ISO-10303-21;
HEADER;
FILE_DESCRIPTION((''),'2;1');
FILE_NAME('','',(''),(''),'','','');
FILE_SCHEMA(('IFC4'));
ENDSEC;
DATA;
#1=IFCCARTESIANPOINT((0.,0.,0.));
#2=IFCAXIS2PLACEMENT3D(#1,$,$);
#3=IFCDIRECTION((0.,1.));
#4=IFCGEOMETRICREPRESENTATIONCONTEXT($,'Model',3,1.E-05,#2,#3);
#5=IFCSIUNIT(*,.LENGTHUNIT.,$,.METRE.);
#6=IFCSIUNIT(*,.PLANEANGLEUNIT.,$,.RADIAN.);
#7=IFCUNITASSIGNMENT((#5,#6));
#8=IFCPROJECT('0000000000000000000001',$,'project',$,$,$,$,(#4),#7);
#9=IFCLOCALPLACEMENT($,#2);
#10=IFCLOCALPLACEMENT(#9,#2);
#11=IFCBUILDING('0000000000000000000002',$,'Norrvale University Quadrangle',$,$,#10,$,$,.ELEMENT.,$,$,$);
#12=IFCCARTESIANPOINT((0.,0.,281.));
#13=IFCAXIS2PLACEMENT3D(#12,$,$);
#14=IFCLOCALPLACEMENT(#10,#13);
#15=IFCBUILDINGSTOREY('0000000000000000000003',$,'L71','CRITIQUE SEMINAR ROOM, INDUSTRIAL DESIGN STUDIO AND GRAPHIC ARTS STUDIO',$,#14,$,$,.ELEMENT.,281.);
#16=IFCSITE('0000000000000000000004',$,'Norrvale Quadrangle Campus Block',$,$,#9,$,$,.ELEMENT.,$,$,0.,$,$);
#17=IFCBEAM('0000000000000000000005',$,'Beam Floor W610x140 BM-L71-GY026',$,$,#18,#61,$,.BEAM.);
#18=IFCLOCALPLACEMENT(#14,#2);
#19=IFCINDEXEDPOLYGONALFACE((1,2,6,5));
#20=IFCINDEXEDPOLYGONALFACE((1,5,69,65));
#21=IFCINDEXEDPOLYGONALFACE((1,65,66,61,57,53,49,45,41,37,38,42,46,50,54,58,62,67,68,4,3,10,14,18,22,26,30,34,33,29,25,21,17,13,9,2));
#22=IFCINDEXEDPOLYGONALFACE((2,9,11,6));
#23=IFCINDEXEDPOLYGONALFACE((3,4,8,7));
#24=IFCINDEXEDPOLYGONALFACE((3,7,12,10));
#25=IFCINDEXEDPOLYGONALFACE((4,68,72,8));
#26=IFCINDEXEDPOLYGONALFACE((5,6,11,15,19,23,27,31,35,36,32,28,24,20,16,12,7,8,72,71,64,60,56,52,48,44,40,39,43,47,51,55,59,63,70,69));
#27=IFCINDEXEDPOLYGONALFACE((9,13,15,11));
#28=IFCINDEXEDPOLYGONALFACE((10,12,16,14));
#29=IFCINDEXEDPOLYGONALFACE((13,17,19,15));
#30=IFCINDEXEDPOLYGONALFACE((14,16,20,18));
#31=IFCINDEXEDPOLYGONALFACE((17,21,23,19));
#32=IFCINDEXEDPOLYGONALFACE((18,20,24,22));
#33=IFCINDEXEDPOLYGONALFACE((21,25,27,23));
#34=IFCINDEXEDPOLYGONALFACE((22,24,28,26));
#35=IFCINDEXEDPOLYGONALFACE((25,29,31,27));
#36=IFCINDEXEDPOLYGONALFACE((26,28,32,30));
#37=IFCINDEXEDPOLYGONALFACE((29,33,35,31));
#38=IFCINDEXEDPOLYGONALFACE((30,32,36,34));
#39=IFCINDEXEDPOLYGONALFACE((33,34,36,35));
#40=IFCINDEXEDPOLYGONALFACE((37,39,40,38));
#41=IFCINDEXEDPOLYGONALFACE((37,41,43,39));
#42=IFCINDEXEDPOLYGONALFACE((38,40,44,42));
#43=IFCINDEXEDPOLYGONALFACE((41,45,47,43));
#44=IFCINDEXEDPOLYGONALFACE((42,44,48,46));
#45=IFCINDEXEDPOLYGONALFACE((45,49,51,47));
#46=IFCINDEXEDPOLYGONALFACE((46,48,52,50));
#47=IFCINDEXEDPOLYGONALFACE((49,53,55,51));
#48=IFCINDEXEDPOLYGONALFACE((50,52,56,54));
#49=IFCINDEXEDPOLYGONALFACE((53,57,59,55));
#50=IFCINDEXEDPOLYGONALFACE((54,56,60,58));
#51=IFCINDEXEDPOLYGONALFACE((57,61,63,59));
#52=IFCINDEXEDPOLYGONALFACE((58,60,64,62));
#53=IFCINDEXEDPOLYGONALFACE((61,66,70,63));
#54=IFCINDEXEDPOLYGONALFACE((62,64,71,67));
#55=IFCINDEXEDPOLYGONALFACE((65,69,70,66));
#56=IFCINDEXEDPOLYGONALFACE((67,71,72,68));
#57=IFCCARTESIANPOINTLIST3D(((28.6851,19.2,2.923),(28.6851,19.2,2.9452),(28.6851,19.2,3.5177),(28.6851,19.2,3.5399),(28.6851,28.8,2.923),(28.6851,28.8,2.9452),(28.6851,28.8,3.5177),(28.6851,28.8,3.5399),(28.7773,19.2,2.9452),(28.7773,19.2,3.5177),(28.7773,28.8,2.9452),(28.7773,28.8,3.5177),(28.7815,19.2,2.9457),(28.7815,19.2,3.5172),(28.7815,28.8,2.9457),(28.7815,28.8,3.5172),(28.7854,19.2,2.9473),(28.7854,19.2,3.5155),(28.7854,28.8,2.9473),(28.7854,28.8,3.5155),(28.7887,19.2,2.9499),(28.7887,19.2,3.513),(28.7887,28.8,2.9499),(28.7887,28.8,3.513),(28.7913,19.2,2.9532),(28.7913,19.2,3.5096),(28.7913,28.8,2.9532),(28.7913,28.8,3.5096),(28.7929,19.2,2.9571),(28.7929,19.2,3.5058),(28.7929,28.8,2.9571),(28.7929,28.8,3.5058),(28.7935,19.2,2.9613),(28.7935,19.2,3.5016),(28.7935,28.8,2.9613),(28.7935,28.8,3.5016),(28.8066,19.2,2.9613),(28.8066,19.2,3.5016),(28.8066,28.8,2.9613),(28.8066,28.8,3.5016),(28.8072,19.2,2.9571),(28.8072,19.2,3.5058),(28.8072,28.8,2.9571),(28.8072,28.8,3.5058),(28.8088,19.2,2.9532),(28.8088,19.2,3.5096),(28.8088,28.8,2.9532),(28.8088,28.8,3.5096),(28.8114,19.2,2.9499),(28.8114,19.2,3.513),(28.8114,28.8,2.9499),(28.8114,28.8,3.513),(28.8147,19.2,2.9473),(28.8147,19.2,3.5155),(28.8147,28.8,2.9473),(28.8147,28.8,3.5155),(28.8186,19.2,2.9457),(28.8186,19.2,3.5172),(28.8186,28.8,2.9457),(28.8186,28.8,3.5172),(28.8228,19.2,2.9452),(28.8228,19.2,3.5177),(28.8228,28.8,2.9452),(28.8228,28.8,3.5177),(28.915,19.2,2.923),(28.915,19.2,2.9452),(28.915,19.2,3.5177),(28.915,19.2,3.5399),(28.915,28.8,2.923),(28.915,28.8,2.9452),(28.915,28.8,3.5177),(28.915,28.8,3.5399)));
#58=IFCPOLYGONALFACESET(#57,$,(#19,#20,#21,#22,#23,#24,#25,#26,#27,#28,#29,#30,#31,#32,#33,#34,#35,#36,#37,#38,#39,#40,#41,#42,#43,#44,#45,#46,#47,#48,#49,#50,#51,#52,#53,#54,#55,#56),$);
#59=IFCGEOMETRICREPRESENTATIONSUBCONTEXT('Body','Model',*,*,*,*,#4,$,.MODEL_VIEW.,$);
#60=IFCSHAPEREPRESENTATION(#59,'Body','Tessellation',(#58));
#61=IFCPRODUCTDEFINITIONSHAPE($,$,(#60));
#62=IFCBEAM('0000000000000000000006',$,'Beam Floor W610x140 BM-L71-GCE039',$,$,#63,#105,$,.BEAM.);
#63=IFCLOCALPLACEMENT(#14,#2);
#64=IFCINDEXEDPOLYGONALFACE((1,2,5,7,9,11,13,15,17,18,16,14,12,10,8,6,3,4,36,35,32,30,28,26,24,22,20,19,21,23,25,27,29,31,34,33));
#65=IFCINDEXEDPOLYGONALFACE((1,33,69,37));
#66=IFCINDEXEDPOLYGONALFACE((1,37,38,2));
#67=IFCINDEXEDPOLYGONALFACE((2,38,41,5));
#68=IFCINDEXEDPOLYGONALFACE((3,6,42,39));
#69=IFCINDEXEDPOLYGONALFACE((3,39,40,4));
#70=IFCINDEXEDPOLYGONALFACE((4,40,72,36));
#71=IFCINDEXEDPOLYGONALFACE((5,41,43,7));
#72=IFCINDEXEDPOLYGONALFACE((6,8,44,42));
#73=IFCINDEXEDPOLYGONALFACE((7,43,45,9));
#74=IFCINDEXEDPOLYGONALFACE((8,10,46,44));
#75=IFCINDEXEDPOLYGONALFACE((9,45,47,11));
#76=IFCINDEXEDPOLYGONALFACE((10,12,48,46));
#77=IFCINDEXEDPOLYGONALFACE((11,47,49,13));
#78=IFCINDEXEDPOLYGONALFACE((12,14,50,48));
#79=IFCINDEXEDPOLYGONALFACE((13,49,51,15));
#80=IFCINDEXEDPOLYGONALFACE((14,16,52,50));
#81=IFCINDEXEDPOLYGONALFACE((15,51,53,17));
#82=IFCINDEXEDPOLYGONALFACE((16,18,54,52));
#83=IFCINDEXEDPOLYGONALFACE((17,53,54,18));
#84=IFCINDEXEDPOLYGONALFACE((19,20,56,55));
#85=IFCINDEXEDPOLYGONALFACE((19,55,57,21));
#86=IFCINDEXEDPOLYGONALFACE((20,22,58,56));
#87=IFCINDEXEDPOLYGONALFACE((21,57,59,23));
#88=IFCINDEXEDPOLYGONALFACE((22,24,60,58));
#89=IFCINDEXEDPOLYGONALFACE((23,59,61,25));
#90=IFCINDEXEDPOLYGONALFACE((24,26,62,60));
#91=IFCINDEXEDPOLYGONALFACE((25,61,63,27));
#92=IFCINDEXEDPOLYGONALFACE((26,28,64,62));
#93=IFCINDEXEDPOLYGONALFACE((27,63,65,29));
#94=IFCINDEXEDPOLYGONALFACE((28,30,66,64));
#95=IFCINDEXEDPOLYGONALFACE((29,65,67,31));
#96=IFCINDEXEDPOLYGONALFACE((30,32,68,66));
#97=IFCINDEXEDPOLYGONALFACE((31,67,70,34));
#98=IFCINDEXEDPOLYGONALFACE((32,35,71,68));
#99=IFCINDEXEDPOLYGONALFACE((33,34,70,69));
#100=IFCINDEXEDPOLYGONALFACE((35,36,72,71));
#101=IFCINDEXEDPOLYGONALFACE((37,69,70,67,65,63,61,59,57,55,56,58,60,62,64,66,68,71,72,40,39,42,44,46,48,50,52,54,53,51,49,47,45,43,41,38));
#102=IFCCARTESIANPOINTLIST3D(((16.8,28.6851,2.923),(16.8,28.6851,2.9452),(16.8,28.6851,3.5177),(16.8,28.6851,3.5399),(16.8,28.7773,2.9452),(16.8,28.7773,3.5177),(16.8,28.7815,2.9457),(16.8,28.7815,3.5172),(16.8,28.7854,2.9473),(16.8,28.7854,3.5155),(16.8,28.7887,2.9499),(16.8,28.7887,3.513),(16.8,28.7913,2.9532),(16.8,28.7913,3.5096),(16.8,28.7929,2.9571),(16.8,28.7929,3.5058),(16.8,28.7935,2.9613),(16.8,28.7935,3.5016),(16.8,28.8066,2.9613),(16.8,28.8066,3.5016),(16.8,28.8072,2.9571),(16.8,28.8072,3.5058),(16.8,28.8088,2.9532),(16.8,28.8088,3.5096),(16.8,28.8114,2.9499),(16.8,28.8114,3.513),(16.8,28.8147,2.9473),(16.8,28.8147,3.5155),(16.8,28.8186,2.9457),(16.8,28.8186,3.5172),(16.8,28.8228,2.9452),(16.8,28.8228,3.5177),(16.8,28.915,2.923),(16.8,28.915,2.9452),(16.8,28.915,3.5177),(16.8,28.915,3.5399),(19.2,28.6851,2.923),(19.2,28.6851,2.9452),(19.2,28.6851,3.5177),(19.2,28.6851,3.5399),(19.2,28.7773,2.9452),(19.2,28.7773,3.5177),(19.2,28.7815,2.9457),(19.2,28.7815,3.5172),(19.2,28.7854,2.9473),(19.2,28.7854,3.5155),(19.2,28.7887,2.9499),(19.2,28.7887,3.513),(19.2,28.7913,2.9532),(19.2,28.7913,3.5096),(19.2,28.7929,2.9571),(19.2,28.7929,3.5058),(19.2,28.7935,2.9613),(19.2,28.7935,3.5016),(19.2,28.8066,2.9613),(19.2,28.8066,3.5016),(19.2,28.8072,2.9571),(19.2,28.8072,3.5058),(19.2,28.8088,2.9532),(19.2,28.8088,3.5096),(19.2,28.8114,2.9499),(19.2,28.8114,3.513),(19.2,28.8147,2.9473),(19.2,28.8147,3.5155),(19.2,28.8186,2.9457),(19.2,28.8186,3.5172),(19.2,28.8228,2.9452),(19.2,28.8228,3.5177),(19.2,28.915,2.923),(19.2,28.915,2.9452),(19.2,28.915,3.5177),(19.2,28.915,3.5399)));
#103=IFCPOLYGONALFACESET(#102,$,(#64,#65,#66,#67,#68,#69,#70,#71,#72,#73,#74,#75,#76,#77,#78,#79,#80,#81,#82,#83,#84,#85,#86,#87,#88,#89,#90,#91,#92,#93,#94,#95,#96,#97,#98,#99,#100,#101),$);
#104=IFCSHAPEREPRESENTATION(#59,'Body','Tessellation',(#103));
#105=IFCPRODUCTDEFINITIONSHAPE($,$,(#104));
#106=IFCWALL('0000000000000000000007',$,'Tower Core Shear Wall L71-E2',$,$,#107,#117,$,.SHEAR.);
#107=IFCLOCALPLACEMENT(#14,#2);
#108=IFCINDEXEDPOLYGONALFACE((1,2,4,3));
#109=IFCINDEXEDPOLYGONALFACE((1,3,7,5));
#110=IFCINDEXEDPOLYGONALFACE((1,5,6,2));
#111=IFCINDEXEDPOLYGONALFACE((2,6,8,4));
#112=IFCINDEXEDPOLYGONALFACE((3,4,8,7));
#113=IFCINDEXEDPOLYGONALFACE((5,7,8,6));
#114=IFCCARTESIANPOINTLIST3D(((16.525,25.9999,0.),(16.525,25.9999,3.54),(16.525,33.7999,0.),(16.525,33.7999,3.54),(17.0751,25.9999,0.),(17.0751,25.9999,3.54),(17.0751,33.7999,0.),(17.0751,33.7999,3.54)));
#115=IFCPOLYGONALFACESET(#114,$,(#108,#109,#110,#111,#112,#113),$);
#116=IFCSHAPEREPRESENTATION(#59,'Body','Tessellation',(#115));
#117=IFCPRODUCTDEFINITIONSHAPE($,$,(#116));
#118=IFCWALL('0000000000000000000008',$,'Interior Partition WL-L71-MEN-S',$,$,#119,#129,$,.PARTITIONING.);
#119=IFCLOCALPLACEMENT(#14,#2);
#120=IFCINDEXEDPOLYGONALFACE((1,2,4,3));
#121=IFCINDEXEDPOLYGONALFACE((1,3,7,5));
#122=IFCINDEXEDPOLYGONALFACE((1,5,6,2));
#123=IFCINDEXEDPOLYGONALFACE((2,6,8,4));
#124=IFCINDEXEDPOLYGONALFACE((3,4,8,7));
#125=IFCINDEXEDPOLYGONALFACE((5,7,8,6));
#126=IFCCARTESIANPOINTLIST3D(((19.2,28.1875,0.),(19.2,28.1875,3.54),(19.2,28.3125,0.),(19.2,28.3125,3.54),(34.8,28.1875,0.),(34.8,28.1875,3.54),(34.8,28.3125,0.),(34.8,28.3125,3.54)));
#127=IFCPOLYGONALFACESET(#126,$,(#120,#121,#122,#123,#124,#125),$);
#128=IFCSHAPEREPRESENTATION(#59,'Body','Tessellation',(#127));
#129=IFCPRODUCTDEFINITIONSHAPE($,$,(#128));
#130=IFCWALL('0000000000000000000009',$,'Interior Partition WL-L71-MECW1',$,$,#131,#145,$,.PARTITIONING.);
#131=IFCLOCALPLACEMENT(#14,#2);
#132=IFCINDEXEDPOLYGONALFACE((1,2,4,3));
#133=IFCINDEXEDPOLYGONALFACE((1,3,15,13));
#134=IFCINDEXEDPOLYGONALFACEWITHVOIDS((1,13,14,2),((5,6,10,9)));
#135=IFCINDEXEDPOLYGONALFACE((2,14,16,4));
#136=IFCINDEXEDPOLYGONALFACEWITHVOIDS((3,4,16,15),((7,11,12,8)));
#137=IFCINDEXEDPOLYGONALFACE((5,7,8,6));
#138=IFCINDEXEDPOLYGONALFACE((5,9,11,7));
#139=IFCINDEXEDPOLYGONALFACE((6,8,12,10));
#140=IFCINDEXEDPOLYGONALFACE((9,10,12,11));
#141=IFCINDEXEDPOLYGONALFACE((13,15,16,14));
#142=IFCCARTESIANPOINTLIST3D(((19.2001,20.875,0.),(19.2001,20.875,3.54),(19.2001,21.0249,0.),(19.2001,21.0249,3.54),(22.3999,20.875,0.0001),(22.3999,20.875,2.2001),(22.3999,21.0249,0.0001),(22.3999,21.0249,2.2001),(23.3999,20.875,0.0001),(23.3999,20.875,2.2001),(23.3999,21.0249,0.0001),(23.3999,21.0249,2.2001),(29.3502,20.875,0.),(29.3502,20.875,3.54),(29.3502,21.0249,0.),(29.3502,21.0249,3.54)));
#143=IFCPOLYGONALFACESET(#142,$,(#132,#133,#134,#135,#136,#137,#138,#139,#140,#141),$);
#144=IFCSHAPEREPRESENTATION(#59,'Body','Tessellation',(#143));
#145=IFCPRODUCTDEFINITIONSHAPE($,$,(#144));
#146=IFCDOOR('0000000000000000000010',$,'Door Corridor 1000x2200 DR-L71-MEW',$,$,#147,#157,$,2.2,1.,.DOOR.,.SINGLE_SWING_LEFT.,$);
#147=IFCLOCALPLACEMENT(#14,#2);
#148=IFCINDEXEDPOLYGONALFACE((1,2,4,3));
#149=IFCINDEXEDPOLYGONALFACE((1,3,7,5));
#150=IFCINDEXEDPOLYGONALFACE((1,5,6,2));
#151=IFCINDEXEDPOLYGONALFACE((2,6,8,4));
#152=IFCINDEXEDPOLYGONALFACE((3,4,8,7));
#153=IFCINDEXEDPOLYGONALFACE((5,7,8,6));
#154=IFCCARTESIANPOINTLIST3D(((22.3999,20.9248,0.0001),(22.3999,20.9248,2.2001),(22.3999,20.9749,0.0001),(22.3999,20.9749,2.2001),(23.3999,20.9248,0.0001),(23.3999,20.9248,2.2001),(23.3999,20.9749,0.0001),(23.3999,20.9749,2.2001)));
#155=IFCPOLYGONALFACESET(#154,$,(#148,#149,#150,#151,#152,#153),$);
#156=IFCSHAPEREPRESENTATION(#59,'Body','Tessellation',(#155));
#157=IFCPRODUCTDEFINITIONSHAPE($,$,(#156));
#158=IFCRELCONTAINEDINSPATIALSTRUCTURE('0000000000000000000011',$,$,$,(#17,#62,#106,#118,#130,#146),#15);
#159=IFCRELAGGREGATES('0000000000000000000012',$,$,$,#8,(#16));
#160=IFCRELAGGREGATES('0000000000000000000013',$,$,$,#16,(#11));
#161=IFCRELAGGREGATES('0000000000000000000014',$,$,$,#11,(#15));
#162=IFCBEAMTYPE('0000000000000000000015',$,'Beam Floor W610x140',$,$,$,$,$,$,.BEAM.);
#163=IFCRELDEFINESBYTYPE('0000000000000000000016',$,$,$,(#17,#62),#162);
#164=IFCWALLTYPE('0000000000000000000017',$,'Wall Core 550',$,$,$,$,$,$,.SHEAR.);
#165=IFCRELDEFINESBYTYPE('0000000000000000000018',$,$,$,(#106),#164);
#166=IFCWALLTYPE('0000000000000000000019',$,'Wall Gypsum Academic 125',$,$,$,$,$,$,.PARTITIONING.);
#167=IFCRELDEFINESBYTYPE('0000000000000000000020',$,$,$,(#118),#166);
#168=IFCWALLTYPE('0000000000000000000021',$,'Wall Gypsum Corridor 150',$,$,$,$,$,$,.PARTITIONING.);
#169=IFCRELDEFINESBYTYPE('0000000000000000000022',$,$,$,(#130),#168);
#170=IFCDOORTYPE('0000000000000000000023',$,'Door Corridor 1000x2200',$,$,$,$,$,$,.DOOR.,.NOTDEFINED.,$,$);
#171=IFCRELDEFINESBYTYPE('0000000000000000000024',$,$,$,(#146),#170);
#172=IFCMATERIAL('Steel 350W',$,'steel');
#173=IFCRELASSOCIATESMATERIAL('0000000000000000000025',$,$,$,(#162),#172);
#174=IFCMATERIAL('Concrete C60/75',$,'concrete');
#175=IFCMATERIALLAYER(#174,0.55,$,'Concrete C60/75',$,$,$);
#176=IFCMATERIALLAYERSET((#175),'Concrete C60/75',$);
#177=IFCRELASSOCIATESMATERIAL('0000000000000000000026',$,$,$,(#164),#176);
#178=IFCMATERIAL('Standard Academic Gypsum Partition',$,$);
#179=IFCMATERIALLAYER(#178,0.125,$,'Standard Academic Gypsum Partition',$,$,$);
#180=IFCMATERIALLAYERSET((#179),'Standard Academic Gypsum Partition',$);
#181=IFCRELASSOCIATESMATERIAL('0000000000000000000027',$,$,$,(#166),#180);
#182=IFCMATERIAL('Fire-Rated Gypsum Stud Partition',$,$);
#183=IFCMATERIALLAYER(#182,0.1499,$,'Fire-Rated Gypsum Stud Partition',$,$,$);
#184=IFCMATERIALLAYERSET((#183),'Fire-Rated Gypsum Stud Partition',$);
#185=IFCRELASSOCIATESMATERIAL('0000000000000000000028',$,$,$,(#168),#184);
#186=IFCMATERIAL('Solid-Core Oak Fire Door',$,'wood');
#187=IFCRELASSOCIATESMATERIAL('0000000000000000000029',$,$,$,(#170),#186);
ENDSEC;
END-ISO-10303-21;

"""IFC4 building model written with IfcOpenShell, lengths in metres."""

from ifc_helpers import new_model, si_unit, direction, frame, frame_2d, origin, origin_2d, place, context, subcontext, project, spatial, rectangle, i_section, extrude, material, layer, layer_set, material_profile, profile_set, type_object, element, fill, save


model = new_model("IFC4")

# Units and contexts
model_context = context("Model", 3, precision=1e-05, world=origin(), true_north=direction((0.0, 1.0)))
body_context = subcontext(model_context, "Body", "Model", "MODEL_VIEW")
ifc_project = project(units=[si_unit("LENGTHUNIT", "METRE"), si_unit("PLANEANGLEUNIT", "RADIAN")], contexts=[model_context])

# Site, building, storey
site_placement = place(None, origin())
site = spatial("IfcSite", under=ifc_project, at=site_placement, Name="Norrvale Quadrangle Campus Block", CompositionType="ELEMENT", RefElevation=0.0)
building_placement = place(site_placement, origin())
building = spatial("IfcBuilding", under=site, at=building_placement, Name="Norrvale University Quadrangle", CompositionType="ELEMENT")
storey_placement = place(building_placement, frame((0.0, 0.0, 281.0)))
storey = spatial("IfcBuildingStorey", under=building, at=storey_placement, Name="L71", Description="CRITIQUE SEMINAR ROOM, INDUSTRIAL DESIGN STUDIO AND GRAPHIC ARTS STUDIO", CompositionType="ELEMENT", Elevation=281.0)

# Shared definitions
ifc_material_1 = material(Name="Concrete C60/75", Category="concrete")

# Beams
ifc_material_2 = material(Name="Steel 350W", Category="steel")
ifc_material_profile_1 = material_profile(ifc_material_2, i_section(OverallWidth=0.23, OverallDepth=0.6169, WebThickness=0.0132, FlangeThickness=0.0222, FilletRadius=0.0161, at=origin_2d()), Name="Steel 350W")
ifc_profile_set_1 = profile_set([ifc_material_profile_1], Name="Steel 350W")
beam_type_1 = type_object("IfcBeamType", Name="Beam Floor W610x140", PredefinedType="BEAM", material=ifc_profile_set_1)
beam_1_placement = place(storey_placement, frame((28.8, 19.2, 3.2314), z_axis=(0.0, 1.0, 0.0), x_axis=(-1.0, 0.0, 0.0)))
element("IfcBeam", 1, at=beam_1_placement, inside=storey, type_object=beam_type_1, Name="Beam Floor W610x140 BM-L71-GY026", PredefinedType="BEAM", context=body_context, shape_type="SweptSolid", body=[
    extrude(i_section(OverallWidth=0.23, OverallDepth=0.6169, WebThickness=0.0132, FlangeThickness=0.0222, FilletRadius=0.0161, at=origin_2d()), origin(), (0.0, 0.0, 1.0), 9.6001),
])
beam_2_placement = place(storey_placement, frame((16.8, 28.8, 3.2314), z_axis=(1.0, 0.0, 0.0), x_axis=(0.0, 1.0, 0.0)))
element("IfcBeam", 2, at=beam_2_placement, inside=storey, type_object=beam_type_1, Name="Beam Floor W610x140 BM-L71-GCE039", PredefinedType="BEAM", context=body_context, shape_type="SweptSolid", body=[
    extrude(i_section(OverallWidth=0.23, OverallDepth=0.6169, WebThickness=0.0132, FlangeThickness=0.0222, FilletRadius=0.0161, at=origin_2d()), origin(), (0.0, 0.0, 1.0), 2.3999),
])

# Walls
ifc_layer_1 = layer(ifc_material_1, 0.55, Name="Concrete C60/75")
ifc_layer_set_1 = layer_set([ifc_layer_1], Name="Concrete C60/75")
wall_type_1 = type_object("IfcWallType", Name="Wall Core 550", PredefinedType="SHEAR", material=ifc_layer_set_1)
wall_1_placement = place(storey_placement, frame((16.8, 26.0, 0.0), z_axis=(0.0, 0.0, 1.0), x_axis=(0.0, 1.0, 0.0)))
element("IfcWall", 3, at=wall_1_placement, inside=storey, type_object=wall_type_1, Name="Tower Core Shear Wall L71-E2", PredefinedType="SHEAR", context=body_context, shape_type="SweptSolid", body=[
    extrude(rectangle(XDim=7.8, YDim=0.55, at=frame_2d((3.8999, 0.0))), origin(), (0.0, 0.0, 1.0), 3.54),
])
ifc_material_3 = material(Name="Standard Academic Gypsum Partition")
ifc_layer_2 = layer(ifc_material_3, 0.125, Name="Standard Academic Gypsum Partition")
ifc_layer_set_2 = layer_set([ifc_layer_2], Name="Standard Academic Gypsum Partition")
wall_type_2 = type_object("IfcWallType", Name="Wall Gypsum Academic 125", PredefinedType="PARTITIONING", material=ifc_layer_set_2)
wall_2_placement = place(storey_placement, frame((19.2, 28.25, 0.0), z_axis=(0.0, 0.0, 1.0), x_axis=(1.0, 0.0, 0.0)))
element("IfcWall", 4, at=wall_2_placement, inside=storey, type_object=wall_type_2, Name="Interior Partition WL-L71-MEN-S", PredefinedType="PARTITIONING", context=body_context, shape_type="SweptSolid", body=[
    extrude(rectangle(XDim=15.6001, YDim=0.125, at=frame_2d((7.8, 0.0))), origin(), (0.0, 0.0, 1.0), 3.54),
])

# Wall, opening, door
ifc_material_4 = material(Name="Fire-Rated Gypsum Stud Partition")
ifc_layer_3 = layer(ifc_material_4, 0.1499, Name="Fire-Rated Gypsum Stud Partition")
ifc_layer_set_3 = layer_set([ifc_layer_3], Name="Fire-Rated Gypsum Stud Partition")
wall_type_3 = type_object("IfcWallType", Name="Wall Gypsum Corridor 150", PredefinedType="PARTITIONING", material=ifc_layer_set_3)
wall_3_placement = place(storey_placement, frame((19.2, 20.95, 0.0), z_axis=(0.0, 0.0, 1.0), x_axis=(1.0, 0.0, 0.0)))
wall_3 = element("IfcWall", 5, at=wall_3_placement, inside=storey, type_object=wall_type_3, Name="Interior Partition WL-L71-MECW1", PredefinedType="PARTITIONING", context=body_context, shape_type="SweptSolid", body=[
    extrude(rectangle(XDim=10.1501, YDim=0.1499, at=frame_2d((5.0752, 0.0))), origin(), (0.0, 0.0, 1.0), 3.54),
])
opening_1_placement = place(wall_3_placement, frame((3.2, 0.0, 0.0)))
opening_1 = element("IfcOpeningElement", 6, at=opening_1_placement, cuts=wall_3, PredefinedType="OPENING", context=body_context, shape_type="SweptSolid", body=[
    extrude(rectangle(XDim=1.0, YDim=2.2, at=frame_2d((0.5, 1.1001))), frame((0.0, 0.0869, 0.0), z_axis=(0.0, -1.0, 0.0), x_axis=(1.0, 0.0, 0.0)), (0.0, 0.0, 1.0), 0.1738),
])
ifc_material_5 = material(Name="Solid-Core Oak Fire Door", Category="wood")
door_type_1 = type_object("IfcDoorType", Name="Door Corridor 1000x2200", OperationType="NOTDEFINED", PredefinedType="DOOR", material=ifc_material_5)
door_1_placement = place(opening_1_placement, origin())
door_1 = element("IfcDoor", 7, at=door_1_placement, inside=storey, type_object=door_type_1, Name="Door Corridor 1000x2200 DR-L71-MEW", OperationType="SINGLE_SWING_LEFT", OverallHeight=2.2, OverallWidth=1.0, PredefinedType="DOOR", context=body_context, shape_type="SweptSolid", body=[
    extrude(rectangle(XDim=1.0, YDim=2.2, at=frame_2d((0.5, 1.1001))), frame((0.0, 0.0249, 0.0), z_axis=(0.0, -1.0, 0.0), x_axis=(1.0, 0.0, 0.0)), (0.0, 0.0, 1.0), 0.05),
])
fill(opening_1, door_1)

save(model, "model.ifc")
